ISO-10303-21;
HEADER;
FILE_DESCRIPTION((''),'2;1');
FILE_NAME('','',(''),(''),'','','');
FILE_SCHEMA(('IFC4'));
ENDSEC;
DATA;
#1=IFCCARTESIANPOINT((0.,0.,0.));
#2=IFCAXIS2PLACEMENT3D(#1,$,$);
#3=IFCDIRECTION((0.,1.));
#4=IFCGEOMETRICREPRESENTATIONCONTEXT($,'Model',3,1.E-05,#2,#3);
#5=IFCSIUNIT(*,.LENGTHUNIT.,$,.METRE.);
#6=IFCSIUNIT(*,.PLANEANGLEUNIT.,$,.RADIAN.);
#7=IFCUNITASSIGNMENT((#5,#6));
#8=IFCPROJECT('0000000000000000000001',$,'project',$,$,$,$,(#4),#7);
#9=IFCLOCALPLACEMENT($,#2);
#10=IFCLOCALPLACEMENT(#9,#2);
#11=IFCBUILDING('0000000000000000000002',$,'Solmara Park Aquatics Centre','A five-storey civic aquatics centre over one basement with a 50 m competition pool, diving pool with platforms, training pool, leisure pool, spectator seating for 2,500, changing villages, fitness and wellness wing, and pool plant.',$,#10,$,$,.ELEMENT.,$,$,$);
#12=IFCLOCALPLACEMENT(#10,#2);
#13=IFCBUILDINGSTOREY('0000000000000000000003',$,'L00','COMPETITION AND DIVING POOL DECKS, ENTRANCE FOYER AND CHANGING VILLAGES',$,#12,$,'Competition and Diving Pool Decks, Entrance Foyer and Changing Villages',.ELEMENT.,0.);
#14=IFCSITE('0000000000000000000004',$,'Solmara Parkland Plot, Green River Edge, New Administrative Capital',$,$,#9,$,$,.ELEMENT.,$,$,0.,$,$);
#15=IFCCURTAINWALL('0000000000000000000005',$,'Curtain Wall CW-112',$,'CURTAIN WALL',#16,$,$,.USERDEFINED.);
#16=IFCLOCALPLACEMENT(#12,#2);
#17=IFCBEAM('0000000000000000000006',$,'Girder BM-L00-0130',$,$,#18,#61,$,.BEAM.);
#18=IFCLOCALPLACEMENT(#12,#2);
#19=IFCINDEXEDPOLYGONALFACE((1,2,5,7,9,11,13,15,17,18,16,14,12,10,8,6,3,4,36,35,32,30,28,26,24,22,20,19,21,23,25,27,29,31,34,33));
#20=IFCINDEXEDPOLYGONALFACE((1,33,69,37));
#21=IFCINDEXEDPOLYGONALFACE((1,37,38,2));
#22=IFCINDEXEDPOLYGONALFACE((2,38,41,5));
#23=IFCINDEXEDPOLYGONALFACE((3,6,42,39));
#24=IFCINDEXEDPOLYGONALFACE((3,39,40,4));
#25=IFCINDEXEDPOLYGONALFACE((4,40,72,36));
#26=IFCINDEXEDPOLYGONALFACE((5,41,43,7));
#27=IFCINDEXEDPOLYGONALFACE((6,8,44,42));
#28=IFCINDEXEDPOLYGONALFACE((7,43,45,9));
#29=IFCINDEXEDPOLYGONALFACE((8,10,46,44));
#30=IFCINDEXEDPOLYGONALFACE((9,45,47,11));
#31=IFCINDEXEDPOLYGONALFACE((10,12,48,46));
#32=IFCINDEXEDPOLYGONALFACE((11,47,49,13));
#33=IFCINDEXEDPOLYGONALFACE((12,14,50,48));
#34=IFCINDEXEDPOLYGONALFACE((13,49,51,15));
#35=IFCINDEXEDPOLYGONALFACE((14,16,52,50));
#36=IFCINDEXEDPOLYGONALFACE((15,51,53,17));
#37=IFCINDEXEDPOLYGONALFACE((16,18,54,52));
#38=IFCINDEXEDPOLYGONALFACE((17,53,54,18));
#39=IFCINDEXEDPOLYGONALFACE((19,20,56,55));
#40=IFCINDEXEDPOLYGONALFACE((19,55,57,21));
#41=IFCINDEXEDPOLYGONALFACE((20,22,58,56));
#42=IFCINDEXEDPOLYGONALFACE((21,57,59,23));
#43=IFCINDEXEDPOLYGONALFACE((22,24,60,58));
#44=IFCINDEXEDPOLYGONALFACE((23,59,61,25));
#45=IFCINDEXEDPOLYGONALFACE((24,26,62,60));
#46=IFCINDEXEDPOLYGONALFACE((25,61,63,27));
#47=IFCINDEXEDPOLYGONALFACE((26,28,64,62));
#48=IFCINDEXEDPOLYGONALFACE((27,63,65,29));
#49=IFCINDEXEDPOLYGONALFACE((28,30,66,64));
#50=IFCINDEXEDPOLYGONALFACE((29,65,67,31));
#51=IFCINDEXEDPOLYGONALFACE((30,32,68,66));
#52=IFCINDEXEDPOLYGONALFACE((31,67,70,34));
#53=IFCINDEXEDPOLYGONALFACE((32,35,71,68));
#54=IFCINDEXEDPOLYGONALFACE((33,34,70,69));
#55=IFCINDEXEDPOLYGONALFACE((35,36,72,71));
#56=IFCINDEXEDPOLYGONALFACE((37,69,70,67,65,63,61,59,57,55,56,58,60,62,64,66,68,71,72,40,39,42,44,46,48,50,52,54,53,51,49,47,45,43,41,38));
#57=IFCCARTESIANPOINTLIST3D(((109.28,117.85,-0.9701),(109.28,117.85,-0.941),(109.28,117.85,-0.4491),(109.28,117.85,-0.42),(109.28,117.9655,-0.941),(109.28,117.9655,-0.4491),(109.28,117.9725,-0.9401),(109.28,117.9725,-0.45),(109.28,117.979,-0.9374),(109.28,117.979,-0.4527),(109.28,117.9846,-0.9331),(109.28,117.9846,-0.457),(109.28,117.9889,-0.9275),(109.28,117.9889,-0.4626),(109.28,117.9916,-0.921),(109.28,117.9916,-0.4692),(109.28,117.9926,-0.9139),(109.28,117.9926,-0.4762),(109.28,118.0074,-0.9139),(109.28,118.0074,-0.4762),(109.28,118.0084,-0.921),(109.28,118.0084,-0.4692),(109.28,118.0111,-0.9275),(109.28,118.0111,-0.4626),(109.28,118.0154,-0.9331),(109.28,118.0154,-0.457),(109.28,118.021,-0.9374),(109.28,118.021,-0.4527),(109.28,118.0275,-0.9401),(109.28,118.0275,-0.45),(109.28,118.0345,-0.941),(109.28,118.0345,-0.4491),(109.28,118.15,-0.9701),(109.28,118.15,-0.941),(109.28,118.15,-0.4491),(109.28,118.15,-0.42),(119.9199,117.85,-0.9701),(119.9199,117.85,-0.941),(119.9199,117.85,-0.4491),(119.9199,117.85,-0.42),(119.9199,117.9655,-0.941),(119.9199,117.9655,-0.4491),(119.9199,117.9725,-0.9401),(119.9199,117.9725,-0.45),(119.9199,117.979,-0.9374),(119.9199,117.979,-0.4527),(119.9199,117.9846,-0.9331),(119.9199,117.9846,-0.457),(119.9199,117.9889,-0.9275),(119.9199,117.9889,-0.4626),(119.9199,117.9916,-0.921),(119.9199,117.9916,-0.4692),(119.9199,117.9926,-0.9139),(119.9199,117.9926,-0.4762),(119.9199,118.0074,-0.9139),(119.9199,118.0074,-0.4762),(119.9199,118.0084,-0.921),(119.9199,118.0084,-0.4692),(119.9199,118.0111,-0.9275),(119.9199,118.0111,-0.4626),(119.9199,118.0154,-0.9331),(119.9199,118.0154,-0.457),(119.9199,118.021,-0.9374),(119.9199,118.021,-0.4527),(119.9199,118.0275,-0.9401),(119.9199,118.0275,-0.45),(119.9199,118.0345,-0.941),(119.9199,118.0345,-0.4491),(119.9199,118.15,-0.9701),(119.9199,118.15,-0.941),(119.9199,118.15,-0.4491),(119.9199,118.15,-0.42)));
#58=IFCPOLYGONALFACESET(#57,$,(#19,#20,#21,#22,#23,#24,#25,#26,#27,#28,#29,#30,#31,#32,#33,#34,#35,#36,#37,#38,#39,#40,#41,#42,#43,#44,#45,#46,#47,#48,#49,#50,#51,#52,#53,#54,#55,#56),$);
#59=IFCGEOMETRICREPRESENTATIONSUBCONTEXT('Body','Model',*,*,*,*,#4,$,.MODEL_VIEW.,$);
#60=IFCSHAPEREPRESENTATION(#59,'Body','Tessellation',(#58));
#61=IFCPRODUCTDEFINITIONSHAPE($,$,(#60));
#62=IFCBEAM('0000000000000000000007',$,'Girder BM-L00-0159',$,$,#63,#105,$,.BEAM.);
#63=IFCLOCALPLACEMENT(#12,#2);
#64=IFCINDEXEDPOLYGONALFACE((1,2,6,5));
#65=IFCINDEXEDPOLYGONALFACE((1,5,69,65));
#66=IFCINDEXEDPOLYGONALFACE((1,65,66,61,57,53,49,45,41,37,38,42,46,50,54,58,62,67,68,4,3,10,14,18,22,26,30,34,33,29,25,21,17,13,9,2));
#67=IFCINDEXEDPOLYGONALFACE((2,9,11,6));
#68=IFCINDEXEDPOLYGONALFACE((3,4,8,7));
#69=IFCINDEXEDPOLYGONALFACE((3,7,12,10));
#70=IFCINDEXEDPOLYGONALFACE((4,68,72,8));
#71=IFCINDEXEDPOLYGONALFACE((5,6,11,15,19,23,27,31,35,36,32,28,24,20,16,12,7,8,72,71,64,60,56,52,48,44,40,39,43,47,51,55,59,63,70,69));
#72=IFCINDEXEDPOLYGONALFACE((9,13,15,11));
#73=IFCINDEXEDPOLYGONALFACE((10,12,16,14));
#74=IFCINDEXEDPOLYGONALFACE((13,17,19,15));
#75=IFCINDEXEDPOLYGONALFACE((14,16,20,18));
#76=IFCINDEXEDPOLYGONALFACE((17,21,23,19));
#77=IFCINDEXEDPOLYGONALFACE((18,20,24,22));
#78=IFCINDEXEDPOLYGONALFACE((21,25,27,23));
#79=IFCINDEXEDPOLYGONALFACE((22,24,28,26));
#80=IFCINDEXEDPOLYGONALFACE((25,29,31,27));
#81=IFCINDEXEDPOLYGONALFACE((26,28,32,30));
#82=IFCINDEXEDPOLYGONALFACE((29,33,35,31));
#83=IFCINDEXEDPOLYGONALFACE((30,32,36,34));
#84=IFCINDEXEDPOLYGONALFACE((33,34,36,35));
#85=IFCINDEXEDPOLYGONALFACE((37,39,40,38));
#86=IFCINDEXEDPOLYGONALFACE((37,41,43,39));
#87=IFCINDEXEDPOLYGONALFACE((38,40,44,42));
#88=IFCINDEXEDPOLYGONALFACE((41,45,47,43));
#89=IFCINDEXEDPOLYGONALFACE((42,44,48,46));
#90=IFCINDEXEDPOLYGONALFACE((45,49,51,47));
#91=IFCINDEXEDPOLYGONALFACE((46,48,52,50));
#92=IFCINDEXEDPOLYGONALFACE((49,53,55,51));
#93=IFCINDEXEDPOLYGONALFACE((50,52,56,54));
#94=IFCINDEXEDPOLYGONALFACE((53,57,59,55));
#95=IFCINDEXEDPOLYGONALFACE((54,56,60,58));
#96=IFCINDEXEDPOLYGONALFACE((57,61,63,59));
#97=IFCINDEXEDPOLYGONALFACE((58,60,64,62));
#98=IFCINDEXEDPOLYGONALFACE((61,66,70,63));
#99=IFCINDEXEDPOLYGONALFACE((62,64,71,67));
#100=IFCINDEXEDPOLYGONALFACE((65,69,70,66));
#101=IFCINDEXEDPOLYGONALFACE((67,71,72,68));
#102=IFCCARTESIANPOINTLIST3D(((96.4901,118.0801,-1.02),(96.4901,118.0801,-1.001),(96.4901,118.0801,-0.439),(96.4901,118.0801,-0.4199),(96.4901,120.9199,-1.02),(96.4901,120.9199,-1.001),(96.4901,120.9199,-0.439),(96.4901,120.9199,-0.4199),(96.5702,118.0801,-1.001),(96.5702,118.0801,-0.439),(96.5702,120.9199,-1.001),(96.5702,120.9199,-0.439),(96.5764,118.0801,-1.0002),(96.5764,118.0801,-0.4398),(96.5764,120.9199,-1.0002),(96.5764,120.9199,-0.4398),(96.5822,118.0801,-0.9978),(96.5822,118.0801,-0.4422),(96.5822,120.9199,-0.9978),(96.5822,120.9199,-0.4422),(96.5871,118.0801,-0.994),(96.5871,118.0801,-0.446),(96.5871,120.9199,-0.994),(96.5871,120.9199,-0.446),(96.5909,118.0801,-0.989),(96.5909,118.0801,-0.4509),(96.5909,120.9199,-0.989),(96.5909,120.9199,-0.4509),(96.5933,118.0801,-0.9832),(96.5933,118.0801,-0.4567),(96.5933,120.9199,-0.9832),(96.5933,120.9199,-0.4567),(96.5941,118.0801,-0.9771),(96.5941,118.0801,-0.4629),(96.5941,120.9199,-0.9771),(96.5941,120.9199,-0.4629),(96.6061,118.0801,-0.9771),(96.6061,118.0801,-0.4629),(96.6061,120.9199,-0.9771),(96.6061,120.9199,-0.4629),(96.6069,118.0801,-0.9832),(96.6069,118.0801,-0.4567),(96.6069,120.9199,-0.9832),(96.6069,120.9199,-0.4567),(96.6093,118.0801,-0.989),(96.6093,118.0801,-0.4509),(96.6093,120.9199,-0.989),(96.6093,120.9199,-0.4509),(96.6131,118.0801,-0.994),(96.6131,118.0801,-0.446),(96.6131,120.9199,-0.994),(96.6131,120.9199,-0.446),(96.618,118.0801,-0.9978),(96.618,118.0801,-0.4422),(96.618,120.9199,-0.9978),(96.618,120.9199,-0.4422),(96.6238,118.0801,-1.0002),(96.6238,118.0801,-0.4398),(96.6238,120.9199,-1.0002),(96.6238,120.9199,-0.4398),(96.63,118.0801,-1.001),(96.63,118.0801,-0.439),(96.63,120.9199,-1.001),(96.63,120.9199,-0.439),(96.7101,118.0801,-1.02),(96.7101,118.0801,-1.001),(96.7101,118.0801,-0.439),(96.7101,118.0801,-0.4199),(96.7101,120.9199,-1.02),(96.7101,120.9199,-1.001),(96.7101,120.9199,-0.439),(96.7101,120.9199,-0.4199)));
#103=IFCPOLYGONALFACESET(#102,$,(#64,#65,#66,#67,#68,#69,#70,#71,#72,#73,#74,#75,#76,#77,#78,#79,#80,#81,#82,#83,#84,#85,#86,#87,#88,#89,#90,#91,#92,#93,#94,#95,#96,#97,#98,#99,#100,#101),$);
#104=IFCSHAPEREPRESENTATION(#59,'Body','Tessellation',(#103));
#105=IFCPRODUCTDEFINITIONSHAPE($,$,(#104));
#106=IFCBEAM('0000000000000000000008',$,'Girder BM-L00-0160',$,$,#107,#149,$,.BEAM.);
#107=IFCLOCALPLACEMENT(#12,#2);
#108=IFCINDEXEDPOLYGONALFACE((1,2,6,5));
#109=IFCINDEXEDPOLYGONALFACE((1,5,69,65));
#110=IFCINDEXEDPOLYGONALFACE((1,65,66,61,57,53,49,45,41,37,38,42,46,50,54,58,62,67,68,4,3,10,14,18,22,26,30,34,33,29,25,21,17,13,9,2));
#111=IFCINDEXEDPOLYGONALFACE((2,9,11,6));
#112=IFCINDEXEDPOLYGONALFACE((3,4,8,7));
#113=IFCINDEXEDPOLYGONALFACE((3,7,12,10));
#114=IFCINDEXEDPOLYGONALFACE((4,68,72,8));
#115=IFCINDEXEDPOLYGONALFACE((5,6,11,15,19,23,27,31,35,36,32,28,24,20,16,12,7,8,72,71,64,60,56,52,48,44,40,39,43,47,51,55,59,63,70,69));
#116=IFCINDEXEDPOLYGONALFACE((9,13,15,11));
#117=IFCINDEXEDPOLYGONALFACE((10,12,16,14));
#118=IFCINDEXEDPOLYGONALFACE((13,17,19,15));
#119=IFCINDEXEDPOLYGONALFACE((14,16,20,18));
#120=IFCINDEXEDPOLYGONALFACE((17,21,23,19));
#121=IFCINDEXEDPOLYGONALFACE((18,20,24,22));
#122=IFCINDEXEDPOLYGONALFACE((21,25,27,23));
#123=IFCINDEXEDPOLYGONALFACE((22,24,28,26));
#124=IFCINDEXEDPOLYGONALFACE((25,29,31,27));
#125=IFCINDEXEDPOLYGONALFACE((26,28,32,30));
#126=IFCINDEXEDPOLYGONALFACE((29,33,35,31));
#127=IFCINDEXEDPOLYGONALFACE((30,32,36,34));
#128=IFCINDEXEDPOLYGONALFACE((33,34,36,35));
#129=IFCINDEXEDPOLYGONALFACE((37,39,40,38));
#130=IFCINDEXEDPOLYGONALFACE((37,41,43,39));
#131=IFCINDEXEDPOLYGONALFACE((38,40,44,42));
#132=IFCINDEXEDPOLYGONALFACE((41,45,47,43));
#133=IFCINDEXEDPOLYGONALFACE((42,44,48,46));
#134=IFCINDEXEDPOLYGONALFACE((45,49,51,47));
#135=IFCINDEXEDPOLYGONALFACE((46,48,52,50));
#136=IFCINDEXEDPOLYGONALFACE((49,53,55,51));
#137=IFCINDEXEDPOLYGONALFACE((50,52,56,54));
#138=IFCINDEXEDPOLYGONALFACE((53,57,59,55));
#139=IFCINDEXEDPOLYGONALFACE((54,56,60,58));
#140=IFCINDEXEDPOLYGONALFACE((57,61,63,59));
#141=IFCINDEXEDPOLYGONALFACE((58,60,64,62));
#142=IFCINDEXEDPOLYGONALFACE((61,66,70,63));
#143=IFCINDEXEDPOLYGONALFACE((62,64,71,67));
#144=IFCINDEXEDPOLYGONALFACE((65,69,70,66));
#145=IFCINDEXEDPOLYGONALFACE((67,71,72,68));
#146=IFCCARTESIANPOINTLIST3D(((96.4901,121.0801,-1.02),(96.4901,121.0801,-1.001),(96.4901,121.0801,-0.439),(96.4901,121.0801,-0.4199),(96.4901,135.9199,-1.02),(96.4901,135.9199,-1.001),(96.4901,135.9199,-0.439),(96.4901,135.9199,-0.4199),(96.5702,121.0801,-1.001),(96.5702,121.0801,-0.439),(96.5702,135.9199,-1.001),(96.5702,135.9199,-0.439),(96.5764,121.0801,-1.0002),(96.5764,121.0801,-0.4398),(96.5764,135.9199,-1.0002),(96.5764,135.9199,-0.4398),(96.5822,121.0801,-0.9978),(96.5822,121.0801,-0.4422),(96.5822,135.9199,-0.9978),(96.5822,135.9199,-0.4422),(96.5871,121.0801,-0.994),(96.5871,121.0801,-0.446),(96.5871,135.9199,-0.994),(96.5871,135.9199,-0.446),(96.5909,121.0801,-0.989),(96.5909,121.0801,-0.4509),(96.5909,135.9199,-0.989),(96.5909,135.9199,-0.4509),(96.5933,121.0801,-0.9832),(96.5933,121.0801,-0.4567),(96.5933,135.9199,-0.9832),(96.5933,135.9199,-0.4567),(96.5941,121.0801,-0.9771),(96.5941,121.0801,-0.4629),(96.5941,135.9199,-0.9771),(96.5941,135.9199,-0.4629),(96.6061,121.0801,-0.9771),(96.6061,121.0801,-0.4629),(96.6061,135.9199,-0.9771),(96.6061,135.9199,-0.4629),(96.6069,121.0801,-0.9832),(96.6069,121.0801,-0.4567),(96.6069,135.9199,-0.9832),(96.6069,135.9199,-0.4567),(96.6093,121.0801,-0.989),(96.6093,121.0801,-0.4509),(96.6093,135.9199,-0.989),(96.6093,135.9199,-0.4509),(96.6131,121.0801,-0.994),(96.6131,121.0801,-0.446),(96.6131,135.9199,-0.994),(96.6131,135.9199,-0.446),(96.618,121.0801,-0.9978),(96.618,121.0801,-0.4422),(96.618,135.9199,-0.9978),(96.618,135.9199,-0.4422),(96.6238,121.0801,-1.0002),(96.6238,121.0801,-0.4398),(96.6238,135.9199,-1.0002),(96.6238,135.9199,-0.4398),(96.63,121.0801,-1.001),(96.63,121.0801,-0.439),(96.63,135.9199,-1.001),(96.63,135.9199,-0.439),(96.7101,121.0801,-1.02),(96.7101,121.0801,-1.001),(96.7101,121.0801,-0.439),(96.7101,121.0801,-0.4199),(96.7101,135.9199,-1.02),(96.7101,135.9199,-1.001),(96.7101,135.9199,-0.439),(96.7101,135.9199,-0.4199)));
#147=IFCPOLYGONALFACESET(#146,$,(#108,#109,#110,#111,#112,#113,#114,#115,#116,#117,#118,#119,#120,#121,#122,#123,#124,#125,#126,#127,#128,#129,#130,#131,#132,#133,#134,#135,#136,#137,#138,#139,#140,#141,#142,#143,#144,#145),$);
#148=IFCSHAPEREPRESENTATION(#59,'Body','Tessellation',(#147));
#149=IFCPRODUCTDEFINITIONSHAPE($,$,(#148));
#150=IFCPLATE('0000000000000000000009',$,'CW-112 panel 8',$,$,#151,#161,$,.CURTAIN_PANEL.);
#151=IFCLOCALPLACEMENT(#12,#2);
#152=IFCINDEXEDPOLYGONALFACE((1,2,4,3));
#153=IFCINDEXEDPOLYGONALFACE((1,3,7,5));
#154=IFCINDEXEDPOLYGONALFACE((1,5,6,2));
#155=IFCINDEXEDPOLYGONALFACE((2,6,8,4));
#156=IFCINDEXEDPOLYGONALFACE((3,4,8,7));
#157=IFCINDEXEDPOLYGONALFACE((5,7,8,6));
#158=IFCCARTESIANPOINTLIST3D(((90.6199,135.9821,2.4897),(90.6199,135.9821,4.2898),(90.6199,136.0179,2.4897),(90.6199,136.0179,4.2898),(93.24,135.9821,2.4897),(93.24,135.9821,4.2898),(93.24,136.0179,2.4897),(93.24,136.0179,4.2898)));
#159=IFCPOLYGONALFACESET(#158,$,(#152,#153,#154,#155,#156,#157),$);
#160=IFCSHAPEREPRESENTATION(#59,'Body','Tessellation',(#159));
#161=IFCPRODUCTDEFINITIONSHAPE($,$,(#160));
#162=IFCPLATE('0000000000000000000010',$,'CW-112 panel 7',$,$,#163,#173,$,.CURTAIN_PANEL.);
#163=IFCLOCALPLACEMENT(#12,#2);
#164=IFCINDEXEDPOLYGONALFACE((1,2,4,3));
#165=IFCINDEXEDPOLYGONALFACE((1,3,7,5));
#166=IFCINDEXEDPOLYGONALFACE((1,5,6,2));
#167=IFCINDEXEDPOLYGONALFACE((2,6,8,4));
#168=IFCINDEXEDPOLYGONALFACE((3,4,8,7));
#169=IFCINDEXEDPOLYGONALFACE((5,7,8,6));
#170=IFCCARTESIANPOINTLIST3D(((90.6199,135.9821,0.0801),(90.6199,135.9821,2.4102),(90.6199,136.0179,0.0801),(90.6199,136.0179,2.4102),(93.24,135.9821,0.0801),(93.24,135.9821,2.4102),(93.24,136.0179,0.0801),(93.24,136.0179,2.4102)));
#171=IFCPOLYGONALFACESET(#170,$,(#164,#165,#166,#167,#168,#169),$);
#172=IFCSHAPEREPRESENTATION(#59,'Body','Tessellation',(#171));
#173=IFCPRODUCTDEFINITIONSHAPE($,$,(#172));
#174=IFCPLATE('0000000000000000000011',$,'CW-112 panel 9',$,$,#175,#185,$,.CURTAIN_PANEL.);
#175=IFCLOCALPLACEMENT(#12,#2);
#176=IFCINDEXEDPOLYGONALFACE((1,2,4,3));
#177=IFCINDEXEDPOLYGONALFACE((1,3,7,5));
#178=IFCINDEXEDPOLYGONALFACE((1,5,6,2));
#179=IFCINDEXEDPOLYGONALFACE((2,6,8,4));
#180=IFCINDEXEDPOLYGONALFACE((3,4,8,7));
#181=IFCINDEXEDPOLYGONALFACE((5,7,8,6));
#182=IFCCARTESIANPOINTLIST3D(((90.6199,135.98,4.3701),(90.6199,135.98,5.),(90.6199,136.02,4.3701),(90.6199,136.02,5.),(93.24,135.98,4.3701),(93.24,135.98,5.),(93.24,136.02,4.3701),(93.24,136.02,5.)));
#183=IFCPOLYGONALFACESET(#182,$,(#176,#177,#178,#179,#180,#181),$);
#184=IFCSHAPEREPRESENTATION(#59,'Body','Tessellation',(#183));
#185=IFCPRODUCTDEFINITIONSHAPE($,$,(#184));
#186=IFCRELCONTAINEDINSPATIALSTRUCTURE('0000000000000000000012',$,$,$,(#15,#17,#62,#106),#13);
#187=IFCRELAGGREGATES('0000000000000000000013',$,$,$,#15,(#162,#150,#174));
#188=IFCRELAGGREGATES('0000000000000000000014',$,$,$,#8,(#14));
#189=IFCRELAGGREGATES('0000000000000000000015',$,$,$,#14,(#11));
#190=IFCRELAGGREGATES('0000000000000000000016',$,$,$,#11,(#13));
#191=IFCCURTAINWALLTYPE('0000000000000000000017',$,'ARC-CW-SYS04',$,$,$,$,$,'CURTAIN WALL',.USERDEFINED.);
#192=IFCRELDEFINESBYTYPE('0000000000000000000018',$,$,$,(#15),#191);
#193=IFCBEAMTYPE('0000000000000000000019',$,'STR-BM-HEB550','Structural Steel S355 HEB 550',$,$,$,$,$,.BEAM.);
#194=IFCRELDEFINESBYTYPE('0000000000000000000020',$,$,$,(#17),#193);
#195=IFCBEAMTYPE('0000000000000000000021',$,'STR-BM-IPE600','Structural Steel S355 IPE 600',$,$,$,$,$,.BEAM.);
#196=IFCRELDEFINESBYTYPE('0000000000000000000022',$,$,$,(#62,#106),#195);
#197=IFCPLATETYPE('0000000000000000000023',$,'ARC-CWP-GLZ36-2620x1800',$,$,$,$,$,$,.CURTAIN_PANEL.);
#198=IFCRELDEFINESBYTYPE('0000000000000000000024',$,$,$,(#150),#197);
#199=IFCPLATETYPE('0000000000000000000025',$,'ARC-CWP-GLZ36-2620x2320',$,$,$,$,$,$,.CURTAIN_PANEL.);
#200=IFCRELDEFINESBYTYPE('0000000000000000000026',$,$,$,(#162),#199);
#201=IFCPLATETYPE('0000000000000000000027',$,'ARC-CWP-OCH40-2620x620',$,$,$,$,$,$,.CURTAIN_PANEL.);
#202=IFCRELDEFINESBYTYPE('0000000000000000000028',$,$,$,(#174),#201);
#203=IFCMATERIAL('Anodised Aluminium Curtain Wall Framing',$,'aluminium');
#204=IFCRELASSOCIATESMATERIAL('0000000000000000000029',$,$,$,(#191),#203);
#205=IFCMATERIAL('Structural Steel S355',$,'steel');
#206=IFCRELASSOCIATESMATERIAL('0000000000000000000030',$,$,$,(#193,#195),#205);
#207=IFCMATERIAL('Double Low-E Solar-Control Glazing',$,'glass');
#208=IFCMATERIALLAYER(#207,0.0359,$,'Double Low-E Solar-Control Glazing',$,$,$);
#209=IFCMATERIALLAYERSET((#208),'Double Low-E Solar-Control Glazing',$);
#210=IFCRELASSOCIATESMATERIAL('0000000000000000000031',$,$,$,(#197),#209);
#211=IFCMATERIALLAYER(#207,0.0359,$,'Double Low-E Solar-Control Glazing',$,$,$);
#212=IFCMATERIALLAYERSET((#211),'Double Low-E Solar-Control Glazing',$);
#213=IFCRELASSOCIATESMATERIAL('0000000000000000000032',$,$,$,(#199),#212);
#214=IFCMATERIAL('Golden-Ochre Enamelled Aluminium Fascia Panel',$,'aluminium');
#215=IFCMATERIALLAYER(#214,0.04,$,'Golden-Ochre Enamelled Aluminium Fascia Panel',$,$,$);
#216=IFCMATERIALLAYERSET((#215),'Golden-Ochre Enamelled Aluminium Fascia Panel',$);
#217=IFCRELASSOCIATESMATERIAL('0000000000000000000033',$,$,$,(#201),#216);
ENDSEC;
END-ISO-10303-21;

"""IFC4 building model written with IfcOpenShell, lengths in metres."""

from ifc_helpers import new_model, si_unit, direction, frame, origin, origin_2d, place, context, subcontext, project, spatial, rectangle, i_section, extrude, material, layer, layer_set, material_profile, profile_set, type_object, element, aggregate, save


model = new_model("IFC4")

# Units and contexts
model_context = context("Model", 3, precision=1e-05, world=origin(), true_north=direction((0.0, 1.0)))
body_context = subcontext(model_context, "Body", "Model", "MODEL_VIEW")
ifc_project = project(units=[si_unit("LENGTHUNIT", "METRE"), si_unit("PLANEANGLEUNIT", "RADIAN")], contexts=[model_context])

# Site, building, storey
site_placement = place(None, origin())
site = spatial("IfcSite", under=ifc_project, at=site_placement, Name="Solmara Parkland Plot, Green River Edge, New Administrative Capital", CompositionType="ELEMENT", RefElevation=0.0)
building_placement = place(site_placement, origin())
building = spatial("IfcBuilding", under=site, at=building_placement, Name="Solmara Park Aquatics Centre", Description="A five-storey civic aquatics centre over one basement with a 50 m competition pool, diving pool with platforms, training pool, leisure pool, spectator seating for 2,500, changing villages, fitness and wellness wing, and pool plant.", CompositionType="ELEMENT")
storey_placement = place(building_placement, origin())
storey = spatial("IfcBuildingStorey", under=building, at=storey_placement, Name="L00", Description="COMPETITION AND DIVING POOL DECKS, ENTRANCE FOYER AND CHANGING VILLAGES", LongName="Competition and Diving Pool Decks, Entrance Foyer and Changing Villages", CompositionType="ELEMENT", Elevation=0.0)

# Curtain wall
ifc_material_1 = material(Name="Anodised Aluminium Curtain Wall Framing", Category="aluminium")
curtain_wall_type = type_object("IfcCurtainWallType", Name="ARC-CW-SYS04", ElementType="CURTAIN WALL", PredefinedType="USERDEFINED", material=ifc_material_1)
curtain_wall_placement = place(storey_placement, origin())
curtain_wall = element("IfcCurtainWall", 1, at=curtain_wall_placement, inside=storey, type_object=curtain_wall_type, Name="Curtain Wall CW-112", ObjectType="CURTAIN WALL", PredefinedType="USERDEFINED")

# Beams
ifc_material_2 = material(Name="Structural Steel S355", Category="steel")
ifc_material_profile_1 = material_profile(ifc_material_2, i_section(OverallWidth=0.3, OverallDepth=0.55, WebThickness=0.0149, FlangeThickness=0.0291, FilletRadius=0.0271, at=origin_2d()), Name="HEB 550")
ifc_profile_set_1 = profile_set([ifc_material_profile_1], Name="Structural Steel S355")
beam_type_1 = type_object("IfcBeamType", Name="STR-BM-HEB550", Description="Structural Steel S355 HEB 550", PredefinedType="BEAM", material=ifc_profile_set_1)
beam_1_placement = place(storey_placement, frame((109.28, 118.0, -0.6951), z_axis=(1.0, 0.0, 0.0), x_axis=(0.0, 1.0, 0.0)))
element("IfcBeam", 2, at=beam_1_placement, inside=storey, type_object=beam_type_1, Name="Girder BM-L00-0130", PredefinedType="BEAM", context=body_context, shape_type="SweptSolid", body=[
    extrude(i_section(OverallWidth=0.3, OverallDepth=0.55, WebThickness=0.0149, FlangeThickness=0.0291, FilletRadius=0.0271, at=origin_2d()), origin(), (0.0, 0.0, 1.0), 10.6399),
])
ifc_material_profile_2 = material_profile(ifc_material_2, i_section(OverallWidth=0.22, OverallDepth=0.6001, WebThickness=0.012, FlangeThickness=0.019, FilletRadius=0.0239, at=origin_2d()), Name="IPE 600")
ifc_profile_set_2 = profile_set([ifc_material_profile_2], Name="Structural Steel S355")
beam_type_2 = type_object("IfcBeamType", Name="STR-BM-IPE600", Description="Structural Steel S355 IPE 600", PredefinedType="BEAM", material=ifc_profile_set_2)
beam_2_placement = place(storey_placement, frame((96.6001, 118.0801, -0.72), z_axis=(0.0, 1.0, 0.0), x_axis=(-1.0, 0.0, 0.0)))
element("IfcBeam", 3, at=beam_2_placement, inside=storey, type_object=beam_type_2, Name="Girder BM-L00-0159", PredefinedType="BEAM", context=body_context, shape_type="SweptSolid", body=[
    extrude(i_section(OverallWidth=0.22, OverallDepth=0.6001, WebThickness=0.012, FlangeThickness=0.019, FilletRadius=0.0239, at=origin_2d()), origin(), (0.0, 0.0, 1.0), 2.8398),
])
beam_3_placement = place(storey_placement, frame((96.6001, 121.0801, -0.72), z_axis=(0.0, 1.0, 0.0), x_axis=(-1.0, 0.0, 0.0)))
element("IfcBeam", 4, at=beam_3_placement, inside=storey, type_object=beam_type_2, Name="Girder BM-L00-0160", PredefinedType="BEAM", context=body_context, shape_type="SweptSolid", body=[
    extrude(i_section(OverallWidth=0.22, OverallDepth=0.6001, WebThickness=0.012, FlangeThickness=0.019, FilletRadius=0.0239, at=origin_2d()), origin(), (0.0, 0.0, 1.0), 14.8398),
])

# Plates
ifc_material_3 = material(Name="Double Low-E Solar-Control Glazing", Category="glass")
ifc_layer_1 = layer(ifc_material_3, 0.0359, Name="Double Low-E Solar-Control Glazing")
ifc_layer_set_1 = layer_set([ifc_layer_1], Name="Double Low-E Solar-Control Glazing")
plate_type_1 = type_object("IfcPlateType", Name="ARC-CWP-GLZ36-2620x1800", PredefinedType="CURTAIN_PANEL", material=ifc_layer_set_1)
plate_1_placement = place(storey_placement, frame((91.9299, 136.0, 2.4897), z_axis=(0.0, 0.0, 1.0), x_axis=(1.0, 0.0, 0.0)))
plate_1 = element("IfcPlate", 5, at=plate_1_placement, type_object=plate_type_1, Name="CW-112 panel 8", PredefinedType="CURTAIN_PANEL", context=body_context, shape_type="SweptSolid", body=[
    extrude(rectangle(XDim=2.6201, YDim=0.0359, at=origin_2d()), origin(), (0.0, 0.0, 1.0), 1.8),
])
ifc_layer_2 = layer(ifc_material_3, 0.0359, Name="Double Low-E Solar-Control Glazing")
ifc_layer_set_2 = layer_set([ifc_layer_2], Name="Double Low-E Solar-Control Glazing")
plate_type_2 = type_object("IfcPlateType", Name="ARC-CWP-GLZ36-2620x2320", PredefinedType="CURTAIN_PANEL", material=ifc_layer_set_2)
plate_2_placement = place(storey_placement, frame((91.9299, 136.0, 0.0801), z_axis=(0.0, 0.0, 1.0), x_axis=(1.0, 0.0, 0.0)))
plate_2 = element("IfcPlate", 6, at=plate_2_placement, type_object=plate_type_2, Name="CW-112 panel 7", PredefinedType="CURTAIN_PANEL", context=body_context, shape_type="SweptSolid", body=[
    extrude(rectangle(XDim=2.6201, YDim=0.0359, at=origin_2d()), origin(), (0.0, 0.0, 1.0), 2.3301),
])
ifc_material_4 = material(Name="Golden-Ochre Enamelled Aluminium Fascia Panel", Category="aluminium")
ifc_layer_3 = layer(ifc_material_4, 0.04, Name="Golden-Ochre Enamelled Aluminium Fascia Panel")
ifc_layer_set_3 = layer_set([ifc_layer_3], Name="Golden-Ochre Enamelled Aluminium Fascia Panel")
plate_type_3 = type_object("IfcPlateType", Name="ARC-CWP-OCH40-2620x620", PredefinedType="CURTAIN_PANEL", material=ifc_layer_set_3)
plate_3_placement = place(storey_placement, frame((91.9299, 136.0, 4.3701), z_axis=(0.0, 0.0, 1.0), x_axis=(1.0, 0.0, 0.0)))
plate_3 = element("IfcPlate", 7, at=plate_3_placement, type_object=plate_type_3, Name="CW-112 panel 9", PredefinedType="CURTAIN_PANEL", context=body_context, shape_type="SweptSolid", body=[
    extrude(rectangle(XDim=2.6201, YDim=0.04, at=origin_2d()), origin(), (0.0, 0.0, 1.0), 0.6299),
])
aggregate(curtain_wall, [plate_2, plate_1, plate_3])

save(model, "model.ifc")
